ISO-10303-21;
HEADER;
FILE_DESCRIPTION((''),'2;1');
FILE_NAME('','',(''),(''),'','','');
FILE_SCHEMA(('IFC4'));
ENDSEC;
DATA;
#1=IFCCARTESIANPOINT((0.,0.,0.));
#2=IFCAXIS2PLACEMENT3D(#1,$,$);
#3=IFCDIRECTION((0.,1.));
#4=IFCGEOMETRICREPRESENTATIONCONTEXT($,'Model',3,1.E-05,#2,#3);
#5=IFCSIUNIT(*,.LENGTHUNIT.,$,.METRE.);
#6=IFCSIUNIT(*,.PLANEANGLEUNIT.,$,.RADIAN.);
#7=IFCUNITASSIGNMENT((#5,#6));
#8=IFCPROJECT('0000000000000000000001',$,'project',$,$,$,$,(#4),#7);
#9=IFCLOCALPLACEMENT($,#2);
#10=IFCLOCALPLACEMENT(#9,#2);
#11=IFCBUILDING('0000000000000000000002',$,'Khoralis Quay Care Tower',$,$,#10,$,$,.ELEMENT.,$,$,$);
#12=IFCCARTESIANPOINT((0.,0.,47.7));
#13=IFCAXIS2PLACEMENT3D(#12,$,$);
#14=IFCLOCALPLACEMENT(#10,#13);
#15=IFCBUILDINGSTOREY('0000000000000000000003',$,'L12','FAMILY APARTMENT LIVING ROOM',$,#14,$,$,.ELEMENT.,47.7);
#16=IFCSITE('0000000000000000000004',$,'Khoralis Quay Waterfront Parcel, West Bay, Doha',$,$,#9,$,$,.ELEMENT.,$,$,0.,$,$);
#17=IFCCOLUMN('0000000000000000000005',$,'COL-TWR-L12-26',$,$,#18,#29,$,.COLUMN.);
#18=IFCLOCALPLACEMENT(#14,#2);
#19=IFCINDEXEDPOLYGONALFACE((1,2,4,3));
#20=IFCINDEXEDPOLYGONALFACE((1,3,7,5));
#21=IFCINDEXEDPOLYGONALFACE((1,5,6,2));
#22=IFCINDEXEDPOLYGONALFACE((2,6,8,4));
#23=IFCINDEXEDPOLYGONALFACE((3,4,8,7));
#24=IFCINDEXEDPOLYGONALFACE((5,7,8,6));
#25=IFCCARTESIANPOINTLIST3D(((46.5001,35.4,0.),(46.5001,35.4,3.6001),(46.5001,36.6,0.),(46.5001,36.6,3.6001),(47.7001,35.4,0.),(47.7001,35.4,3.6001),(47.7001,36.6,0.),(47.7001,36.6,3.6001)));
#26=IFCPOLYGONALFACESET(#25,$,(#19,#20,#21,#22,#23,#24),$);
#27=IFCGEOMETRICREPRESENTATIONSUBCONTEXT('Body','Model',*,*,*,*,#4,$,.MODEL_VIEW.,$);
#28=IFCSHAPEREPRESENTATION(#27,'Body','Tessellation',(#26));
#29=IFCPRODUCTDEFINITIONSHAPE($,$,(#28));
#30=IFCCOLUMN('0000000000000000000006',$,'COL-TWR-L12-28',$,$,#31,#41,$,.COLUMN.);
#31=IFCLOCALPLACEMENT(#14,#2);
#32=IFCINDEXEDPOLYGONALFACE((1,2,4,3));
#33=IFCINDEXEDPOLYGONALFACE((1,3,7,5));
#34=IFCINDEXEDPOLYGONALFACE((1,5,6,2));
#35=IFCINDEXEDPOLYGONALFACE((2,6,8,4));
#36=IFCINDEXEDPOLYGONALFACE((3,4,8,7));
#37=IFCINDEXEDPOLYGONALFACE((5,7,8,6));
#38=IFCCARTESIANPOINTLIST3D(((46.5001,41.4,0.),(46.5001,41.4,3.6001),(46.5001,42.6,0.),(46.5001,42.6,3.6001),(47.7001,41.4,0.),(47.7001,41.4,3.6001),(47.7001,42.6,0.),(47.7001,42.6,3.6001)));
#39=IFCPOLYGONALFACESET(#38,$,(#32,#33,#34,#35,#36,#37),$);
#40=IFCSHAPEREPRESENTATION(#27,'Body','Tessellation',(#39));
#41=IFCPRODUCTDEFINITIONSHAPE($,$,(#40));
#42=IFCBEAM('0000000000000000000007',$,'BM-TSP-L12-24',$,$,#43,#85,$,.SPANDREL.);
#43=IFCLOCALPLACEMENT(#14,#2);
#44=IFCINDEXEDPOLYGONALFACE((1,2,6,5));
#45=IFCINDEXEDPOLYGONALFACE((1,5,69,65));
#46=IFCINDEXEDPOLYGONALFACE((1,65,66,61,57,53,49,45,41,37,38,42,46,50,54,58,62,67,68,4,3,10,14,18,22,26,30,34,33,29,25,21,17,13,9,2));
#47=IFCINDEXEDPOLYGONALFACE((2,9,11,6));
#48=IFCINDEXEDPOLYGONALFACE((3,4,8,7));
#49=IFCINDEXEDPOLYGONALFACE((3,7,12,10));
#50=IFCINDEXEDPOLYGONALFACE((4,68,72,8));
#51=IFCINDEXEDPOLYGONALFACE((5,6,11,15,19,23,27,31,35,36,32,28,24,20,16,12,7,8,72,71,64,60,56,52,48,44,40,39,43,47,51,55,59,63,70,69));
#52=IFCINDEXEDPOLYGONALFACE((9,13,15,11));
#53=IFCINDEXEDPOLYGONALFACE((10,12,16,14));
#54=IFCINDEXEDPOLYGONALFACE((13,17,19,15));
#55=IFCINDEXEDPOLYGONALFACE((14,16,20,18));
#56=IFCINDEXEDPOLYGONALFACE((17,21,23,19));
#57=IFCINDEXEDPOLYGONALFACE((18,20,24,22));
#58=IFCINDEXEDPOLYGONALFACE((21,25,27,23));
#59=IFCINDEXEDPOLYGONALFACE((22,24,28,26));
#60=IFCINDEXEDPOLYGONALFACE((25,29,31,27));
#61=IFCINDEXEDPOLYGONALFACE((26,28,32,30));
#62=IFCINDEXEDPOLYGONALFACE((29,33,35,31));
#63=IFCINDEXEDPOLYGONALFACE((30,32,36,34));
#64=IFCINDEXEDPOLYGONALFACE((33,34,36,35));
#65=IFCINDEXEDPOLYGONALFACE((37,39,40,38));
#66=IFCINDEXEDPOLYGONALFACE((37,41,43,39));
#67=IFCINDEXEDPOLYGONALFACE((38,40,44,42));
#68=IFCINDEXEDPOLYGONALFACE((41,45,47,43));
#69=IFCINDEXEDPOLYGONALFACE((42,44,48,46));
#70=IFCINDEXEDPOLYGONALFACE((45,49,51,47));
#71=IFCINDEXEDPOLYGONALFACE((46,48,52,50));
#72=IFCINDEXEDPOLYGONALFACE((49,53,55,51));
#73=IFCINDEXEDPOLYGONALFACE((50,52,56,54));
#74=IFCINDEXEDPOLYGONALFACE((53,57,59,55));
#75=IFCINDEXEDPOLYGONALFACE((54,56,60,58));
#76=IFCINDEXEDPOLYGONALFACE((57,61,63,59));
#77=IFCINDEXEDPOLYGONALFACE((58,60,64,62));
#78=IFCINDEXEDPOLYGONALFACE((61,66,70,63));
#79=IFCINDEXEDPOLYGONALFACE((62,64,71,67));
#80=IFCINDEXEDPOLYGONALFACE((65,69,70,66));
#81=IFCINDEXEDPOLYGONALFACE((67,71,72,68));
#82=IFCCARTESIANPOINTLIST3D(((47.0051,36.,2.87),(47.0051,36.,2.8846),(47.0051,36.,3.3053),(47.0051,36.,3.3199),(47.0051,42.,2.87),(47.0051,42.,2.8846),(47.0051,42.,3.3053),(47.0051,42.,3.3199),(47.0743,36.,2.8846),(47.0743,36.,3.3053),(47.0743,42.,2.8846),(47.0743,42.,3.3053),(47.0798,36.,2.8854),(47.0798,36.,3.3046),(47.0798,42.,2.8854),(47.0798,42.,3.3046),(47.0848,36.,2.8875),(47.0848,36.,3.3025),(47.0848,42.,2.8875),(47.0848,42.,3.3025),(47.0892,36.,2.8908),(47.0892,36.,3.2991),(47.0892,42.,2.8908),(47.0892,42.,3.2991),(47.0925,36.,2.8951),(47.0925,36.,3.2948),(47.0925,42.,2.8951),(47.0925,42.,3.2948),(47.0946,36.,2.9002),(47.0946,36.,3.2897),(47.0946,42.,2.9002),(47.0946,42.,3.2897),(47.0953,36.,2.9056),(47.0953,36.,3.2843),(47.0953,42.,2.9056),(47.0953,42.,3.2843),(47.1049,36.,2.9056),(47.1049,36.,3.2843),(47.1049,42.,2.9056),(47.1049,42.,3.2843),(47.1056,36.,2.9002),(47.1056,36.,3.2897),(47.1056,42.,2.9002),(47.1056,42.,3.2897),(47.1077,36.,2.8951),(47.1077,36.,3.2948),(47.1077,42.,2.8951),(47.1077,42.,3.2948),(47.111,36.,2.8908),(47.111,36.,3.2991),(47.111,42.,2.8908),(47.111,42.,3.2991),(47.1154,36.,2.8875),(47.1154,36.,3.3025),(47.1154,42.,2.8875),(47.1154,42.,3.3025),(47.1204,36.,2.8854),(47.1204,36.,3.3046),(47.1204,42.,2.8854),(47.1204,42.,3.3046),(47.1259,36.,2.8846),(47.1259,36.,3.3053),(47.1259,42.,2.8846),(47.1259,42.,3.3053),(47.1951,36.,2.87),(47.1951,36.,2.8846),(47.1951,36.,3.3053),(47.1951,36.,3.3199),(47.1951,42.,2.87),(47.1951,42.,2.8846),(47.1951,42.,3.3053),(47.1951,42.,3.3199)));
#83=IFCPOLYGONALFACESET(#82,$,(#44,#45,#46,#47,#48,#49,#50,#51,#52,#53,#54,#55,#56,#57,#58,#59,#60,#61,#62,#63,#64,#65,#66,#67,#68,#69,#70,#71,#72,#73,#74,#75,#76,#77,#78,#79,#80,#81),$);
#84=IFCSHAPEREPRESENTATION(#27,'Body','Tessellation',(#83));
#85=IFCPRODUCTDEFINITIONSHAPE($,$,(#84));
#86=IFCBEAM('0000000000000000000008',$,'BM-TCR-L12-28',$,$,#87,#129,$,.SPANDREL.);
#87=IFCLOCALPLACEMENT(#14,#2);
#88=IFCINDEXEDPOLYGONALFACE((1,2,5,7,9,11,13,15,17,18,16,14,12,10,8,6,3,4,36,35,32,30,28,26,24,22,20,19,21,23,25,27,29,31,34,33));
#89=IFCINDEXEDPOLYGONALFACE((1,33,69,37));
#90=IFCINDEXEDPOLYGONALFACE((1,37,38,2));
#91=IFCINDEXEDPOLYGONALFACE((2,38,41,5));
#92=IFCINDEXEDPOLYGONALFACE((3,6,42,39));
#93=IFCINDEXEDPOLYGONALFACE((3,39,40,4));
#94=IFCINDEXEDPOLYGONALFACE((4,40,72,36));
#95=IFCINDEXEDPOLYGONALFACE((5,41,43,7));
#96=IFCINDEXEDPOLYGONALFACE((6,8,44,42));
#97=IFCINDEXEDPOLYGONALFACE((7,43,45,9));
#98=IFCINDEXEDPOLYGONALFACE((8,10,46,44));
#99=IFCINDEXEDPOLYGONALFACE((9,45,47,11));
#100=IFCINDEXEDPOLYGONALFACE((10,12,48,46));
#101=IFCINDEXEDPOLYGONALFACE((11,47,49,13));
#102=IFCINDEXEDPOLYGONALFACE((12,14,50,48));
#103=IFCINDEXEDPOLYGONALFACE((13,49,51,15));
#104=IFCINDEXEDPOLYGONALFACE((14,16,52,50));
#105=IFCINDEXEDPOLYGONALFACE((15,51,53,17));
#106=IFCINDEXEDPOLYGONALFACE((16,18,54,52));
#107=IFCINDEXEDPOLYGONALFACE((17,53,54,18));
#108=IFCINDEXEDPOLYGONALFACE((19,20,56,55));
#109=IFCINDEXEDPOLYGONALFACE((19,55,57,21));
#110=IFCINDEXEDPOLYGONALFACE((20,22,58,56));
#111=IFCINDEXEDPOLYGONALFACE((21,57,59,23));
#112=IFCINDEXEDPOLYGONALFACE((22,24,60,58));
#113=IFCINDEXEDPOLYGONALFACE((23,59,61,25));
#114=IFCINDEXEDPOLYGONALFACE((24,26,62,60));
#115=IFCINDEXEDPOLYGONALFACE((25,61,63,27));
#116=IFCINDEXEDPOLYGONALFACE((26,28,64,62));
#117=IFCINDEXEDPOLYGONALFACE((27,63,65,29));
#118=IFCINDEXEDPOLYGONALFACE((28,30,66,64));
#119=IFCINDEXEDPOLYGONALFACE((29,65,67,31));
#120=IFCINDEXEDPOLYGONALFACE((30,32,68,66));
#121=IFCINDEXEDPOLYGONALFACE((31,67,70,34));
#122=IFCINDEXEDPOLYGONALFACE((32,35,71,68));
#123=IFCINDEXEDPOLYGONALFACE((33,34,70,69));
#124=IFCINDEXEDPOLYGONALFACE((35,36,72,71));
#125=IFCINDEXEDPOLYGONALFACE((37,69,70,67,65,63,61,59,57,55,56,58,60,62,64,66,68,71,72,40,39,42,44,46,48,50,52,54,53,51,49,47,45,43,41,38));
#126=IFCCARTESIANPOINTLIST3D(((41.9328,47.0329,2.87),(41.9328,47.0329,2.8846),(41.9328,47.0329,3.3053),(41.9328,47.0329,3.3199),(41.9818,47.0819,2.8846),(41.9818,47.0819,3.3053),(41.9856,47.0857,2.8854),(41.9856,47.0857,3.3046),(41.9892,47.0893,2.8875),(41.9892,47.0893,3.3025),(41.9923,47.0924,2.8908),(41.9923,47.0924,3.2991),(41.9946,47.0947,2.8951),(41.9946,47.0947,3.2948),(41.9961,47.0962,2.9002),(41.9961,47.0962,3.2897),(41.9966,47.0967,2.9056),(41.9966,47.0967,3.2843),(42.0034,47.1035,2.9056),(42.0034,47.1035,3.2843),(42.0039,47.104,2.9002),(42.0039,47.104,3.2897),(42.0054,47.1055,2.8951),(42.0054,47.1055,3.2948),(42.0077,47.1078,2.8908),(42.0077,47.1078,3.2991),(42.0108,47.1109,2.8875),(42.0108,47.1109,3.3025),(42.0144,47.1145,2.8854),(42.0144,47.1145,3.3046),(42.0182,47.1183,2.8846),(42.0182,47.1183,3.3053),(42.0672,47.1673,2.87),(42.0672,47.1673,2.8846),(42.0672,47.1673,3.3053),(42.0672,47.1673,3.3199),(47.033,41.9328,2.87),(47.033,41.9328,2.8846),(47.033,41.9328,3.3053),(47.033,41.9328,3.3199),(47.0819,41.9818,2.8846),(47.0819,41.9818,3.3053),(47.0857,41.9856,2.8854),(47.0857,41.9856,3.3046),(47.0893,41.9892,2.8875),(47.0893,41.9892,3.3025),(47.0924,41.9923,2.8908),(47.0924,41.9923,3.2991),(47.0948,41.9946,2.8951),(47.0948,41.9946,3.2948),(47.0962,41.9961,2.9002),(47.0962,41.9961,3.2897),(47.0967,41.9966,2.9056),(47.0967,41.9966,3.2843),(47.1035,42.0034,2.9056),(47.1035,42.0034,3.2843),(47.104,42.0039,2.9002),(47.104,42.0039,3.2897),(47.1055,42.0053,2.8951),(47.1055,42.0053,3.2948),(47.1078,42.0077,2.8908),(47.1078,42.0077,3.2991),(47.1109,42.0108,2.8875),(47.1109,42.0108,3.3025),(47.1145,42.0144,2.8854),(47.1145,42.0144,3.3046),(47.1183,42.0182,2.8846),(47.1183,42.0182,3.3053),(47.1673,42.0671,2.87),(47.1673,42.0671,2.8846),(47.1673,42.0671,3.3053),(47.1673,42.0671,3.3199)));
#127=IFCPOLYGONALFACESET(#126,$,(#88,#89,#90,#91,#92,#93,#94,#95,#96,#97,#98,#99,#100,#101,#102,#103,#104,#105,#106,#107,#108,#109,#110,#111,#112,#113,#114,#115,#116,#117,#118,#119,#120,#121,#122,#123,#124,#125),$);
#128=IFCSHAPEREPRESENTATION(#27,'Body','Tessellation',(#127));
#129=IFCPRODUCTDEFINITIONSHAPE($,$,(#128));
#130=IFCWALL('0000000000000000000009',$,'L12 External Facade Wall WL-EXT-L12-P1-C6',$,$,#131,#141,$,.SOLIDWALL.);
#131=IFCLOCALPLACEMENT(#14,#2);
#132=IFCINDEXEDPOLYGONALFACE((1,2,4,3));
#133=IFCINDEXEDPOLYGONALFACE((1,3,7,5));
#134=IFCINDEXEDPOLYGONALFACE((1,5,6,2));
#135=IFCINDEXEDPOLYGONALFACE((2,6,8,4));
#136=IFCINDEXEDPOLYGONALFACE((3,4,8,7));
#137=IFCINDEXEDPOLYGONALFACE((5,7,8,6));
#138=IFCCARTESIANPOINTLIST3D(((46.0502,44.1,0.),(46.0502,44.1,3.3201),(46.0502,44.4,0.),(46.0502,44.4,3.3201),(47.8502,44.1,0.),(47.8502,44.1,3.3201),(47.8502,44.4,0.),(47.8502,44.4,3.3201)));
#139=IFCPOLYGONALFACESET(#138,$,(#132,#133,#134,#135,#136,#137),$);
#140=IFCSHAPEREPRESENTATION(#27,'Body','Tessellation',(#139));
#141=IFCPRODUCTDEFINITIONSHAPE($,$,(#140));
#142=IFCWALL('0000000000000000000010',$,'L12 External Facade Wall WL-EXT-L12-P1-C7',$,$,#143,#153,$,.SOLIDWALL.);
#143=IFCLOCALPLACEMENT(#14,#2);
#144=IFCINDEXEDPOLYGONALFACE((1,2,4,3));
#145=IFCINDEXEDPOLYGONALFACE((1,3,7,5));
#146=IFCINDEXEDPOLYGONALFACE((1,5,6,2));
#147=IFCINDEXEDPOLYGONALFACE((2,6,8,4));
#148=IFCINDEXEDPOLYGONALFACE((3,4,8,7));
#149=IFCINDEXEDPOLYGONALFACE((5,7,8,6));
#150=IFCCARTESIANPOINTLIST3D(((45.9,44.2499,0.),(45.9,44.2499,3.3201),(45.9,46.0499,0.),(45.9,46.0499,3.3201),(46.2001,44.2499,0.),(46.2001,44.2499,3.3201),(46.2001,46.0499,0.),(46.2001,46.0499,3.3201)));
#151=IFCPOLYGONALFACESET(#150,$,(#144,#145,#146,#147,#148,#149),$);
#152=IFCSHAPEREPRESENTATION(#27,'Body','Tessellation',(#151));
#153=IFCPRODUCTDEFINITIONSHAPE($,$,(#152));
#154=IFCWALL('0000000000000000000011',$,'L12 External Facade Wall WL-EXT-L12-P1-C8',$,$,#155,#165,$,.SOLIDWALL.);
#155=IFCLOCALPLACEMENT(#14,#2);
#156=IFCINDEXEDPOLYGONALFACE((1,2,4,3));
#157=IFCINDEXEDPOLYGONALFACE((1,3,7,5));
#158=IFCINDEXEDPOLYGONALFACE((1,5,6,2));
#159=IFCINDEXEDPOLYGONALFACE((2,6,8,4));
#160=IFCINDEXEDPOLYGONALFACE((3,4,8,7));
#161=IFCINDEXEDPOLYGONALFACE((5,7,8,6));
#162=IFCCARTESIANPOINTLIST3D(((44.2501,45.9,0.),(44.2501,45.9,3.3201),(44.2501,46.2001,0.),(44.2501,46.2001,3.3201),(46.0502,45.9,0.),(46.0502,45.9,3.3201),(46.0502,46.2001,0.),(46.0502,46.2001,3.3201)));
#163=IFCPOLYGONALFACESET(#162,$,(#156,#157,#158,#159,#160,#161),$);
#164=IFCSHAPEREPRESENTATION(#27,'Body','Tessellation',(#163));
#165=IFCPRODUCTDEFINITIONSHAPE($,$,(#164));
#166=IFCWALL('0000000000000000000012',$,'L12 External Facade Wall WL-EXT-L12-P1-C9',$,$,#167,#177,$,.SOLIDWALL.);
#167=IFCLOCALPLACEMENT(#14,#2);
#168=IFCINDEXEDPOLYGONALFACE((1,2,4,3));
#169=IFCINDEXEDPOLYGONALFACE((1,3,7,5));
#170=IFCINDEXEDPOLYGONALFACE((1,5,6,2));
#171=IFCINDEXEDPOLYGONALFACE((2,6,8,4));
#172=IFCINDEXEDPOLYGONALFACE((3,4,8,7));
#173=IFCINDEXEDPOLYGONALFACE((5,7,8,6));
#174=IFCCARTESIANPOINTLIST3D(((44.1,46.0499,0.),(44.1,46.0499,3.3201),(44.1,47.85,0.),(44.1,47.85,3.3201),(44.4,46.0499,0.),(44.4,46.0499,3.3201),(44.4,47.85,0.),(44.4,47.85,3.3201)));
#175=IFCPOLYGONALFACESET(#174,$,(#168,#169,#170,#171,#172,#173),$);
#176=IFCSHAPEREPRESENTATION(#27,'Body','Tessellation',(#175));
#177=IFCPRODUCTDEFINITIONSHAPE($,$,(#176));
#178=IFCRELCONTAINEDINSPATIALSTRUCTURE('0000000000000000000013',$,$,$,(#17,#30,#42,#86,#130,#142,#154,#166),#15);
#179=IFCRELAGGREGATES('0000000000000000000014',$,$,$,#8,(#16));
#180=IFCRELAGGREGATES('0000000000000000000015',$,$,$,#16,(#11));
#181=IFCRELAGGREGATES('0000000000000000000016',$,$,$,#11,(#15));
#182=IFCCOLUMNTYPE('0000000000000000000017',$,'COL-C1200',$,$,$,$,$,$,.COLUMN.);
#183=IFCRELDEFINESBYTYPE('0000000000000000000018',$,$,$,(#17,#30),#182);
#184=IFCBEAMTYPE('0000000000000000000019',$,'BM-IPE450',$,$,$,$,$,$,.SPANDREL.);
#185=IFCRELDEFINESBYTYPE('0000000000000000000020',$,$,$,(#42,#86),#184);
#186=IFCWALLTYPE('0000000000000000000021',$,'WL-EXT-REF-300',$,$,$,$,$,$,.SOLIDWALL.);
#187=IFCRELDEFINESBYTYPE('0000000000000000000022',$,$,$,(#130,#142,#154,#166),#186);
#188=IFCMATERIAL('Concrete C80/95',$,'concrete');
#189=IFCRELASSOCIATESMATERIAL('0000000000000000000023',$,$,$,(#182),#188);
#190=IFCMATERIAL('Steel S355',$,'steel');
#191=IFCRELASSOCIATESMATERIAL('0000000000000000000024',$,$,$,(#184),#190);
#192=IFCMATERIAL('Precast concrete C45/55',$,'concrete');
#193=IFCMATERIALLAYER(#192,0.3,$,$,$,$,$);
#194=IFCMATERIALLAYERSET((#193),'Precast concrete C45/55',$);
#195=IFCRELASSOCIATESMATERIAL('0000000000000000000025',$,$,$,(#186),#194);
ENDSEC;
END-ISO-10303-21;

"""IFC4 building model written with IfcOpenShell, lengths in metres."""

from ifc_helpers import new_model, si_unit, direction, frame, frame_2d, origin, origin_2d, place, context, subcontext, project, spatial, rectangle, i_section, extrude, source, transform, mapped, material, layer, layer_set, material_profile, profile_set, type_object, element, save


model = new_model("IFC4")

# Units and contexts
model_context = context("Model", 3, precision=1e-05, world=origin(), true_north=direction((0.0, 1.0)))
body_context = subcontext(model_context, "Body", "Model", "MODEL_VIEW")
ifc_project = project(units=[si_unit("LENGTHUNIT", "METRE"), si_unit("PLANEANGLEUNIT", "RADIAN")], contexts=[model_context])

# Site, building, storey
site_placement = place(None, origin())
site = spatial("IfcSite", under=ifc_project, at=site_placement, Name="Khoralis Quay Waterfront Parcel, West Bay, Doha", CompositionType="ELEMENT", RefElevation=0.0)
building_placement = place(site_placement, origin())
building = spatial("IfcBuilding", under=site, at=building_placement, Name="Khoralis Quay Care Tower", CompositionType="ELEMENT")
storey_placement = place(building_placement, frame((0.0, 0.0, 47.7)))
storey = spatial("IfcBuildingStorey", under=building, at=storey_placement, Name="L12", Description="FAMILY APARTMENT LIVING ROOM", CompositionType="ELEMENT", Elevation=47.7)

# Columns
ifc_material_1 = material(Name="Concrete C80/95", Category="concrete")
ifc_material_profile_1 = material_profile(ifc_material_1, rectangle(XDim=1.2, YDim=1.2, at=origin_2d()), Name="Concrete C80/95")
ifc_profile_set_1 = profile_set([ifc_material_profile_1], Name="Concrete C80/95")
column_type = type_object("IfcColumnType", Name="COL-C1200", PredefinedType="COLUMN", material=ifc_profile_set_1)
shared_shape_1 = source(origin(), body_context, "Body", "SweptSolid", [
    extrude(rectangle(XDim=1.2, YDim=1.2, at=origin_2d()), origin(), (0.0, 0.0, 1.0), 3.6001),
])
for number, where, z_axis, x_axis, name in (
    (1, (47.1001, 36.0, 0.0), (0.0, 0.0, 1.0), (1.0, 0.0, 0.0), "COL-TWR-L12-26"),
    (2, (47.1001, 42.0, 0.0), (0.0, 0.0, 1.0), (1.0, 0.0, 0.0), "COL-TWR-L12-28"),
):
    element("IfcColumn", number, at=place(storey_placement, frame(where, z_axis=z_axis, x_axis=x_axis)), inside=storey, type_object=column_type, Name=name, PredefinedType="COLUMN", context=body_context, shape_type="MappedRepresentation", body=[
        mapped(shared_shape_1, transform((0.0, 0.0, 0.0), scale=1.0)),
    ])

# Beams
ifc_material_2 = material(Name="Steel S355", Category="steel")
ifc_material_profile_2 = material_profile(ifc_material_2, i_section(OverallWidth=0.1899, OverallDepth=0.45, WebThickness=0.0095, FlangeThickness=0.0146, FilletRadius=0.021, at=origin_2d()), Name="Steel S355")
ifc_profile_set_2 = profile_set([ifc_material_profile_2], Name="Steel S355")
beam_type = type_object("IfcBeamType", Name="BM-IPE450", PredefinedType="SPANDREL", material=ifc_profile_set_2)
shared_shape_2 = source(origin(), body_context, "Body", "SweptSolid", [
    extrude(i_section(OverallWidth=0.1899, OverallDepth=0.45, WebThickness=0.0095, FlangeThickness=0.0146, FilletRadius=0.021, at=origin_2d()), origin(), (0.0, 0.0, 1.0), 6.0),
])
beam_1_placement = place(storey_placement, frame((47.1001, 36.0, 3.095), z_axis=(0.0, 1.0, 0.0), x_axis=(-1.0, 0.0, 0.0)))
element("IfcBeam", 3, at=beam_1_placement, inside=storey, type_object=beam_type, Name="BM-TSP-L12-24", PredefinedType="SPANDREL", context=body_context, shape_type="MappedRepresentation", body=[
    mapped(shared_shape_2, transform((0.0, 0.0, 0.0), scale=1.0)),
])
shared_shape_3 = source(origin(), body_context, "Body", "SweptSolid", [
    extrude(i_section(OverallWidth=0.1899, OverallDepth=0.45, WebThickness=0.0095, FlangeThickness=0.0146, FilletRadius=0.021, at=origin_2d()), origin(), (0.0, 0.0, 1.0), 7.2126),
])
beam_2_placement = place(storey_placement, frame((42.0, 47.1001, 3.095), z_axis=(0.707107, -0.707107, 0.0), x_axis=(0.707107, 0.707107, 0.0)))
element("IfcBeam", 4, at=beam_2_placement, inside=storey, type_object=beam_type, Name="BM-TCR-L12-28", PredefinedType="SPANDREL", context=body_context, shape_type="MappedRepresentation", body=[
    mapped(shared_shape_3, transform((0.0, 0.0, 0.0), scale=1.0)),
])

# Walls
ifc_material_3 = material(Name="Precast concrete C45/55", Category="concrete")
ifc_layer_1 = layer(ifc_material_3, 0.3)
ifc_layer_set_1 = layer_set([ifc_layer_1], Name="Precast concrete C45/55")
wall_type = type_object("IfcWallType", Name="WL-EXT-REF-300", PredefinedType="SOLIDWALL", material=ifc_layer_set_1)
for number, where, z_axis, x_axis, name in (
    (5, (47.8501, 44.25, 0.0), (0.0, 0.0, 1.0), (-1.0, 0.0, 0.0), "L12 External Facade Wall WL-EXT-L12-P1-C6"),
    (6, (46.05, 44.25, 0.0), (0.0, 0.0, 1.0), (0.0, 1.0, 0.0), "L12 External Facade Wall WL-EXT-L12-P1-C7"),
    (7, (46.05, 46.05, 0.0), (0.0, 0.0, 1.0), (-1.0, 0.0, 0.0), "L12 External Facade Wall WL-EXT-L12-P1-C8"),
    (8, (44.25, 46.05, 0.0), (0.0, 0.0, 1.0), (0.0, 1.0, 0.0), "L12 External Facade Wall WL-EXT-L12-P1-C9"),
):
    element("IfcWall", number, at=place(storey_placement, frame(where, z_axis=z_axis, x_axis=x_axis)), inside=storey, type_object=wall_type, Name=name, PredefinedType="SOLIDWALL", context=body_context, shape_type="SweptSolid", body=[
        extrude(rectangle(XDim=1.8, YDim=0.3, at=frame_2d((0.8999, 0.0))), origin(), (0.0, 0.0, 1.0), 3.3201),
    ])

save(model, "model.ifc")
